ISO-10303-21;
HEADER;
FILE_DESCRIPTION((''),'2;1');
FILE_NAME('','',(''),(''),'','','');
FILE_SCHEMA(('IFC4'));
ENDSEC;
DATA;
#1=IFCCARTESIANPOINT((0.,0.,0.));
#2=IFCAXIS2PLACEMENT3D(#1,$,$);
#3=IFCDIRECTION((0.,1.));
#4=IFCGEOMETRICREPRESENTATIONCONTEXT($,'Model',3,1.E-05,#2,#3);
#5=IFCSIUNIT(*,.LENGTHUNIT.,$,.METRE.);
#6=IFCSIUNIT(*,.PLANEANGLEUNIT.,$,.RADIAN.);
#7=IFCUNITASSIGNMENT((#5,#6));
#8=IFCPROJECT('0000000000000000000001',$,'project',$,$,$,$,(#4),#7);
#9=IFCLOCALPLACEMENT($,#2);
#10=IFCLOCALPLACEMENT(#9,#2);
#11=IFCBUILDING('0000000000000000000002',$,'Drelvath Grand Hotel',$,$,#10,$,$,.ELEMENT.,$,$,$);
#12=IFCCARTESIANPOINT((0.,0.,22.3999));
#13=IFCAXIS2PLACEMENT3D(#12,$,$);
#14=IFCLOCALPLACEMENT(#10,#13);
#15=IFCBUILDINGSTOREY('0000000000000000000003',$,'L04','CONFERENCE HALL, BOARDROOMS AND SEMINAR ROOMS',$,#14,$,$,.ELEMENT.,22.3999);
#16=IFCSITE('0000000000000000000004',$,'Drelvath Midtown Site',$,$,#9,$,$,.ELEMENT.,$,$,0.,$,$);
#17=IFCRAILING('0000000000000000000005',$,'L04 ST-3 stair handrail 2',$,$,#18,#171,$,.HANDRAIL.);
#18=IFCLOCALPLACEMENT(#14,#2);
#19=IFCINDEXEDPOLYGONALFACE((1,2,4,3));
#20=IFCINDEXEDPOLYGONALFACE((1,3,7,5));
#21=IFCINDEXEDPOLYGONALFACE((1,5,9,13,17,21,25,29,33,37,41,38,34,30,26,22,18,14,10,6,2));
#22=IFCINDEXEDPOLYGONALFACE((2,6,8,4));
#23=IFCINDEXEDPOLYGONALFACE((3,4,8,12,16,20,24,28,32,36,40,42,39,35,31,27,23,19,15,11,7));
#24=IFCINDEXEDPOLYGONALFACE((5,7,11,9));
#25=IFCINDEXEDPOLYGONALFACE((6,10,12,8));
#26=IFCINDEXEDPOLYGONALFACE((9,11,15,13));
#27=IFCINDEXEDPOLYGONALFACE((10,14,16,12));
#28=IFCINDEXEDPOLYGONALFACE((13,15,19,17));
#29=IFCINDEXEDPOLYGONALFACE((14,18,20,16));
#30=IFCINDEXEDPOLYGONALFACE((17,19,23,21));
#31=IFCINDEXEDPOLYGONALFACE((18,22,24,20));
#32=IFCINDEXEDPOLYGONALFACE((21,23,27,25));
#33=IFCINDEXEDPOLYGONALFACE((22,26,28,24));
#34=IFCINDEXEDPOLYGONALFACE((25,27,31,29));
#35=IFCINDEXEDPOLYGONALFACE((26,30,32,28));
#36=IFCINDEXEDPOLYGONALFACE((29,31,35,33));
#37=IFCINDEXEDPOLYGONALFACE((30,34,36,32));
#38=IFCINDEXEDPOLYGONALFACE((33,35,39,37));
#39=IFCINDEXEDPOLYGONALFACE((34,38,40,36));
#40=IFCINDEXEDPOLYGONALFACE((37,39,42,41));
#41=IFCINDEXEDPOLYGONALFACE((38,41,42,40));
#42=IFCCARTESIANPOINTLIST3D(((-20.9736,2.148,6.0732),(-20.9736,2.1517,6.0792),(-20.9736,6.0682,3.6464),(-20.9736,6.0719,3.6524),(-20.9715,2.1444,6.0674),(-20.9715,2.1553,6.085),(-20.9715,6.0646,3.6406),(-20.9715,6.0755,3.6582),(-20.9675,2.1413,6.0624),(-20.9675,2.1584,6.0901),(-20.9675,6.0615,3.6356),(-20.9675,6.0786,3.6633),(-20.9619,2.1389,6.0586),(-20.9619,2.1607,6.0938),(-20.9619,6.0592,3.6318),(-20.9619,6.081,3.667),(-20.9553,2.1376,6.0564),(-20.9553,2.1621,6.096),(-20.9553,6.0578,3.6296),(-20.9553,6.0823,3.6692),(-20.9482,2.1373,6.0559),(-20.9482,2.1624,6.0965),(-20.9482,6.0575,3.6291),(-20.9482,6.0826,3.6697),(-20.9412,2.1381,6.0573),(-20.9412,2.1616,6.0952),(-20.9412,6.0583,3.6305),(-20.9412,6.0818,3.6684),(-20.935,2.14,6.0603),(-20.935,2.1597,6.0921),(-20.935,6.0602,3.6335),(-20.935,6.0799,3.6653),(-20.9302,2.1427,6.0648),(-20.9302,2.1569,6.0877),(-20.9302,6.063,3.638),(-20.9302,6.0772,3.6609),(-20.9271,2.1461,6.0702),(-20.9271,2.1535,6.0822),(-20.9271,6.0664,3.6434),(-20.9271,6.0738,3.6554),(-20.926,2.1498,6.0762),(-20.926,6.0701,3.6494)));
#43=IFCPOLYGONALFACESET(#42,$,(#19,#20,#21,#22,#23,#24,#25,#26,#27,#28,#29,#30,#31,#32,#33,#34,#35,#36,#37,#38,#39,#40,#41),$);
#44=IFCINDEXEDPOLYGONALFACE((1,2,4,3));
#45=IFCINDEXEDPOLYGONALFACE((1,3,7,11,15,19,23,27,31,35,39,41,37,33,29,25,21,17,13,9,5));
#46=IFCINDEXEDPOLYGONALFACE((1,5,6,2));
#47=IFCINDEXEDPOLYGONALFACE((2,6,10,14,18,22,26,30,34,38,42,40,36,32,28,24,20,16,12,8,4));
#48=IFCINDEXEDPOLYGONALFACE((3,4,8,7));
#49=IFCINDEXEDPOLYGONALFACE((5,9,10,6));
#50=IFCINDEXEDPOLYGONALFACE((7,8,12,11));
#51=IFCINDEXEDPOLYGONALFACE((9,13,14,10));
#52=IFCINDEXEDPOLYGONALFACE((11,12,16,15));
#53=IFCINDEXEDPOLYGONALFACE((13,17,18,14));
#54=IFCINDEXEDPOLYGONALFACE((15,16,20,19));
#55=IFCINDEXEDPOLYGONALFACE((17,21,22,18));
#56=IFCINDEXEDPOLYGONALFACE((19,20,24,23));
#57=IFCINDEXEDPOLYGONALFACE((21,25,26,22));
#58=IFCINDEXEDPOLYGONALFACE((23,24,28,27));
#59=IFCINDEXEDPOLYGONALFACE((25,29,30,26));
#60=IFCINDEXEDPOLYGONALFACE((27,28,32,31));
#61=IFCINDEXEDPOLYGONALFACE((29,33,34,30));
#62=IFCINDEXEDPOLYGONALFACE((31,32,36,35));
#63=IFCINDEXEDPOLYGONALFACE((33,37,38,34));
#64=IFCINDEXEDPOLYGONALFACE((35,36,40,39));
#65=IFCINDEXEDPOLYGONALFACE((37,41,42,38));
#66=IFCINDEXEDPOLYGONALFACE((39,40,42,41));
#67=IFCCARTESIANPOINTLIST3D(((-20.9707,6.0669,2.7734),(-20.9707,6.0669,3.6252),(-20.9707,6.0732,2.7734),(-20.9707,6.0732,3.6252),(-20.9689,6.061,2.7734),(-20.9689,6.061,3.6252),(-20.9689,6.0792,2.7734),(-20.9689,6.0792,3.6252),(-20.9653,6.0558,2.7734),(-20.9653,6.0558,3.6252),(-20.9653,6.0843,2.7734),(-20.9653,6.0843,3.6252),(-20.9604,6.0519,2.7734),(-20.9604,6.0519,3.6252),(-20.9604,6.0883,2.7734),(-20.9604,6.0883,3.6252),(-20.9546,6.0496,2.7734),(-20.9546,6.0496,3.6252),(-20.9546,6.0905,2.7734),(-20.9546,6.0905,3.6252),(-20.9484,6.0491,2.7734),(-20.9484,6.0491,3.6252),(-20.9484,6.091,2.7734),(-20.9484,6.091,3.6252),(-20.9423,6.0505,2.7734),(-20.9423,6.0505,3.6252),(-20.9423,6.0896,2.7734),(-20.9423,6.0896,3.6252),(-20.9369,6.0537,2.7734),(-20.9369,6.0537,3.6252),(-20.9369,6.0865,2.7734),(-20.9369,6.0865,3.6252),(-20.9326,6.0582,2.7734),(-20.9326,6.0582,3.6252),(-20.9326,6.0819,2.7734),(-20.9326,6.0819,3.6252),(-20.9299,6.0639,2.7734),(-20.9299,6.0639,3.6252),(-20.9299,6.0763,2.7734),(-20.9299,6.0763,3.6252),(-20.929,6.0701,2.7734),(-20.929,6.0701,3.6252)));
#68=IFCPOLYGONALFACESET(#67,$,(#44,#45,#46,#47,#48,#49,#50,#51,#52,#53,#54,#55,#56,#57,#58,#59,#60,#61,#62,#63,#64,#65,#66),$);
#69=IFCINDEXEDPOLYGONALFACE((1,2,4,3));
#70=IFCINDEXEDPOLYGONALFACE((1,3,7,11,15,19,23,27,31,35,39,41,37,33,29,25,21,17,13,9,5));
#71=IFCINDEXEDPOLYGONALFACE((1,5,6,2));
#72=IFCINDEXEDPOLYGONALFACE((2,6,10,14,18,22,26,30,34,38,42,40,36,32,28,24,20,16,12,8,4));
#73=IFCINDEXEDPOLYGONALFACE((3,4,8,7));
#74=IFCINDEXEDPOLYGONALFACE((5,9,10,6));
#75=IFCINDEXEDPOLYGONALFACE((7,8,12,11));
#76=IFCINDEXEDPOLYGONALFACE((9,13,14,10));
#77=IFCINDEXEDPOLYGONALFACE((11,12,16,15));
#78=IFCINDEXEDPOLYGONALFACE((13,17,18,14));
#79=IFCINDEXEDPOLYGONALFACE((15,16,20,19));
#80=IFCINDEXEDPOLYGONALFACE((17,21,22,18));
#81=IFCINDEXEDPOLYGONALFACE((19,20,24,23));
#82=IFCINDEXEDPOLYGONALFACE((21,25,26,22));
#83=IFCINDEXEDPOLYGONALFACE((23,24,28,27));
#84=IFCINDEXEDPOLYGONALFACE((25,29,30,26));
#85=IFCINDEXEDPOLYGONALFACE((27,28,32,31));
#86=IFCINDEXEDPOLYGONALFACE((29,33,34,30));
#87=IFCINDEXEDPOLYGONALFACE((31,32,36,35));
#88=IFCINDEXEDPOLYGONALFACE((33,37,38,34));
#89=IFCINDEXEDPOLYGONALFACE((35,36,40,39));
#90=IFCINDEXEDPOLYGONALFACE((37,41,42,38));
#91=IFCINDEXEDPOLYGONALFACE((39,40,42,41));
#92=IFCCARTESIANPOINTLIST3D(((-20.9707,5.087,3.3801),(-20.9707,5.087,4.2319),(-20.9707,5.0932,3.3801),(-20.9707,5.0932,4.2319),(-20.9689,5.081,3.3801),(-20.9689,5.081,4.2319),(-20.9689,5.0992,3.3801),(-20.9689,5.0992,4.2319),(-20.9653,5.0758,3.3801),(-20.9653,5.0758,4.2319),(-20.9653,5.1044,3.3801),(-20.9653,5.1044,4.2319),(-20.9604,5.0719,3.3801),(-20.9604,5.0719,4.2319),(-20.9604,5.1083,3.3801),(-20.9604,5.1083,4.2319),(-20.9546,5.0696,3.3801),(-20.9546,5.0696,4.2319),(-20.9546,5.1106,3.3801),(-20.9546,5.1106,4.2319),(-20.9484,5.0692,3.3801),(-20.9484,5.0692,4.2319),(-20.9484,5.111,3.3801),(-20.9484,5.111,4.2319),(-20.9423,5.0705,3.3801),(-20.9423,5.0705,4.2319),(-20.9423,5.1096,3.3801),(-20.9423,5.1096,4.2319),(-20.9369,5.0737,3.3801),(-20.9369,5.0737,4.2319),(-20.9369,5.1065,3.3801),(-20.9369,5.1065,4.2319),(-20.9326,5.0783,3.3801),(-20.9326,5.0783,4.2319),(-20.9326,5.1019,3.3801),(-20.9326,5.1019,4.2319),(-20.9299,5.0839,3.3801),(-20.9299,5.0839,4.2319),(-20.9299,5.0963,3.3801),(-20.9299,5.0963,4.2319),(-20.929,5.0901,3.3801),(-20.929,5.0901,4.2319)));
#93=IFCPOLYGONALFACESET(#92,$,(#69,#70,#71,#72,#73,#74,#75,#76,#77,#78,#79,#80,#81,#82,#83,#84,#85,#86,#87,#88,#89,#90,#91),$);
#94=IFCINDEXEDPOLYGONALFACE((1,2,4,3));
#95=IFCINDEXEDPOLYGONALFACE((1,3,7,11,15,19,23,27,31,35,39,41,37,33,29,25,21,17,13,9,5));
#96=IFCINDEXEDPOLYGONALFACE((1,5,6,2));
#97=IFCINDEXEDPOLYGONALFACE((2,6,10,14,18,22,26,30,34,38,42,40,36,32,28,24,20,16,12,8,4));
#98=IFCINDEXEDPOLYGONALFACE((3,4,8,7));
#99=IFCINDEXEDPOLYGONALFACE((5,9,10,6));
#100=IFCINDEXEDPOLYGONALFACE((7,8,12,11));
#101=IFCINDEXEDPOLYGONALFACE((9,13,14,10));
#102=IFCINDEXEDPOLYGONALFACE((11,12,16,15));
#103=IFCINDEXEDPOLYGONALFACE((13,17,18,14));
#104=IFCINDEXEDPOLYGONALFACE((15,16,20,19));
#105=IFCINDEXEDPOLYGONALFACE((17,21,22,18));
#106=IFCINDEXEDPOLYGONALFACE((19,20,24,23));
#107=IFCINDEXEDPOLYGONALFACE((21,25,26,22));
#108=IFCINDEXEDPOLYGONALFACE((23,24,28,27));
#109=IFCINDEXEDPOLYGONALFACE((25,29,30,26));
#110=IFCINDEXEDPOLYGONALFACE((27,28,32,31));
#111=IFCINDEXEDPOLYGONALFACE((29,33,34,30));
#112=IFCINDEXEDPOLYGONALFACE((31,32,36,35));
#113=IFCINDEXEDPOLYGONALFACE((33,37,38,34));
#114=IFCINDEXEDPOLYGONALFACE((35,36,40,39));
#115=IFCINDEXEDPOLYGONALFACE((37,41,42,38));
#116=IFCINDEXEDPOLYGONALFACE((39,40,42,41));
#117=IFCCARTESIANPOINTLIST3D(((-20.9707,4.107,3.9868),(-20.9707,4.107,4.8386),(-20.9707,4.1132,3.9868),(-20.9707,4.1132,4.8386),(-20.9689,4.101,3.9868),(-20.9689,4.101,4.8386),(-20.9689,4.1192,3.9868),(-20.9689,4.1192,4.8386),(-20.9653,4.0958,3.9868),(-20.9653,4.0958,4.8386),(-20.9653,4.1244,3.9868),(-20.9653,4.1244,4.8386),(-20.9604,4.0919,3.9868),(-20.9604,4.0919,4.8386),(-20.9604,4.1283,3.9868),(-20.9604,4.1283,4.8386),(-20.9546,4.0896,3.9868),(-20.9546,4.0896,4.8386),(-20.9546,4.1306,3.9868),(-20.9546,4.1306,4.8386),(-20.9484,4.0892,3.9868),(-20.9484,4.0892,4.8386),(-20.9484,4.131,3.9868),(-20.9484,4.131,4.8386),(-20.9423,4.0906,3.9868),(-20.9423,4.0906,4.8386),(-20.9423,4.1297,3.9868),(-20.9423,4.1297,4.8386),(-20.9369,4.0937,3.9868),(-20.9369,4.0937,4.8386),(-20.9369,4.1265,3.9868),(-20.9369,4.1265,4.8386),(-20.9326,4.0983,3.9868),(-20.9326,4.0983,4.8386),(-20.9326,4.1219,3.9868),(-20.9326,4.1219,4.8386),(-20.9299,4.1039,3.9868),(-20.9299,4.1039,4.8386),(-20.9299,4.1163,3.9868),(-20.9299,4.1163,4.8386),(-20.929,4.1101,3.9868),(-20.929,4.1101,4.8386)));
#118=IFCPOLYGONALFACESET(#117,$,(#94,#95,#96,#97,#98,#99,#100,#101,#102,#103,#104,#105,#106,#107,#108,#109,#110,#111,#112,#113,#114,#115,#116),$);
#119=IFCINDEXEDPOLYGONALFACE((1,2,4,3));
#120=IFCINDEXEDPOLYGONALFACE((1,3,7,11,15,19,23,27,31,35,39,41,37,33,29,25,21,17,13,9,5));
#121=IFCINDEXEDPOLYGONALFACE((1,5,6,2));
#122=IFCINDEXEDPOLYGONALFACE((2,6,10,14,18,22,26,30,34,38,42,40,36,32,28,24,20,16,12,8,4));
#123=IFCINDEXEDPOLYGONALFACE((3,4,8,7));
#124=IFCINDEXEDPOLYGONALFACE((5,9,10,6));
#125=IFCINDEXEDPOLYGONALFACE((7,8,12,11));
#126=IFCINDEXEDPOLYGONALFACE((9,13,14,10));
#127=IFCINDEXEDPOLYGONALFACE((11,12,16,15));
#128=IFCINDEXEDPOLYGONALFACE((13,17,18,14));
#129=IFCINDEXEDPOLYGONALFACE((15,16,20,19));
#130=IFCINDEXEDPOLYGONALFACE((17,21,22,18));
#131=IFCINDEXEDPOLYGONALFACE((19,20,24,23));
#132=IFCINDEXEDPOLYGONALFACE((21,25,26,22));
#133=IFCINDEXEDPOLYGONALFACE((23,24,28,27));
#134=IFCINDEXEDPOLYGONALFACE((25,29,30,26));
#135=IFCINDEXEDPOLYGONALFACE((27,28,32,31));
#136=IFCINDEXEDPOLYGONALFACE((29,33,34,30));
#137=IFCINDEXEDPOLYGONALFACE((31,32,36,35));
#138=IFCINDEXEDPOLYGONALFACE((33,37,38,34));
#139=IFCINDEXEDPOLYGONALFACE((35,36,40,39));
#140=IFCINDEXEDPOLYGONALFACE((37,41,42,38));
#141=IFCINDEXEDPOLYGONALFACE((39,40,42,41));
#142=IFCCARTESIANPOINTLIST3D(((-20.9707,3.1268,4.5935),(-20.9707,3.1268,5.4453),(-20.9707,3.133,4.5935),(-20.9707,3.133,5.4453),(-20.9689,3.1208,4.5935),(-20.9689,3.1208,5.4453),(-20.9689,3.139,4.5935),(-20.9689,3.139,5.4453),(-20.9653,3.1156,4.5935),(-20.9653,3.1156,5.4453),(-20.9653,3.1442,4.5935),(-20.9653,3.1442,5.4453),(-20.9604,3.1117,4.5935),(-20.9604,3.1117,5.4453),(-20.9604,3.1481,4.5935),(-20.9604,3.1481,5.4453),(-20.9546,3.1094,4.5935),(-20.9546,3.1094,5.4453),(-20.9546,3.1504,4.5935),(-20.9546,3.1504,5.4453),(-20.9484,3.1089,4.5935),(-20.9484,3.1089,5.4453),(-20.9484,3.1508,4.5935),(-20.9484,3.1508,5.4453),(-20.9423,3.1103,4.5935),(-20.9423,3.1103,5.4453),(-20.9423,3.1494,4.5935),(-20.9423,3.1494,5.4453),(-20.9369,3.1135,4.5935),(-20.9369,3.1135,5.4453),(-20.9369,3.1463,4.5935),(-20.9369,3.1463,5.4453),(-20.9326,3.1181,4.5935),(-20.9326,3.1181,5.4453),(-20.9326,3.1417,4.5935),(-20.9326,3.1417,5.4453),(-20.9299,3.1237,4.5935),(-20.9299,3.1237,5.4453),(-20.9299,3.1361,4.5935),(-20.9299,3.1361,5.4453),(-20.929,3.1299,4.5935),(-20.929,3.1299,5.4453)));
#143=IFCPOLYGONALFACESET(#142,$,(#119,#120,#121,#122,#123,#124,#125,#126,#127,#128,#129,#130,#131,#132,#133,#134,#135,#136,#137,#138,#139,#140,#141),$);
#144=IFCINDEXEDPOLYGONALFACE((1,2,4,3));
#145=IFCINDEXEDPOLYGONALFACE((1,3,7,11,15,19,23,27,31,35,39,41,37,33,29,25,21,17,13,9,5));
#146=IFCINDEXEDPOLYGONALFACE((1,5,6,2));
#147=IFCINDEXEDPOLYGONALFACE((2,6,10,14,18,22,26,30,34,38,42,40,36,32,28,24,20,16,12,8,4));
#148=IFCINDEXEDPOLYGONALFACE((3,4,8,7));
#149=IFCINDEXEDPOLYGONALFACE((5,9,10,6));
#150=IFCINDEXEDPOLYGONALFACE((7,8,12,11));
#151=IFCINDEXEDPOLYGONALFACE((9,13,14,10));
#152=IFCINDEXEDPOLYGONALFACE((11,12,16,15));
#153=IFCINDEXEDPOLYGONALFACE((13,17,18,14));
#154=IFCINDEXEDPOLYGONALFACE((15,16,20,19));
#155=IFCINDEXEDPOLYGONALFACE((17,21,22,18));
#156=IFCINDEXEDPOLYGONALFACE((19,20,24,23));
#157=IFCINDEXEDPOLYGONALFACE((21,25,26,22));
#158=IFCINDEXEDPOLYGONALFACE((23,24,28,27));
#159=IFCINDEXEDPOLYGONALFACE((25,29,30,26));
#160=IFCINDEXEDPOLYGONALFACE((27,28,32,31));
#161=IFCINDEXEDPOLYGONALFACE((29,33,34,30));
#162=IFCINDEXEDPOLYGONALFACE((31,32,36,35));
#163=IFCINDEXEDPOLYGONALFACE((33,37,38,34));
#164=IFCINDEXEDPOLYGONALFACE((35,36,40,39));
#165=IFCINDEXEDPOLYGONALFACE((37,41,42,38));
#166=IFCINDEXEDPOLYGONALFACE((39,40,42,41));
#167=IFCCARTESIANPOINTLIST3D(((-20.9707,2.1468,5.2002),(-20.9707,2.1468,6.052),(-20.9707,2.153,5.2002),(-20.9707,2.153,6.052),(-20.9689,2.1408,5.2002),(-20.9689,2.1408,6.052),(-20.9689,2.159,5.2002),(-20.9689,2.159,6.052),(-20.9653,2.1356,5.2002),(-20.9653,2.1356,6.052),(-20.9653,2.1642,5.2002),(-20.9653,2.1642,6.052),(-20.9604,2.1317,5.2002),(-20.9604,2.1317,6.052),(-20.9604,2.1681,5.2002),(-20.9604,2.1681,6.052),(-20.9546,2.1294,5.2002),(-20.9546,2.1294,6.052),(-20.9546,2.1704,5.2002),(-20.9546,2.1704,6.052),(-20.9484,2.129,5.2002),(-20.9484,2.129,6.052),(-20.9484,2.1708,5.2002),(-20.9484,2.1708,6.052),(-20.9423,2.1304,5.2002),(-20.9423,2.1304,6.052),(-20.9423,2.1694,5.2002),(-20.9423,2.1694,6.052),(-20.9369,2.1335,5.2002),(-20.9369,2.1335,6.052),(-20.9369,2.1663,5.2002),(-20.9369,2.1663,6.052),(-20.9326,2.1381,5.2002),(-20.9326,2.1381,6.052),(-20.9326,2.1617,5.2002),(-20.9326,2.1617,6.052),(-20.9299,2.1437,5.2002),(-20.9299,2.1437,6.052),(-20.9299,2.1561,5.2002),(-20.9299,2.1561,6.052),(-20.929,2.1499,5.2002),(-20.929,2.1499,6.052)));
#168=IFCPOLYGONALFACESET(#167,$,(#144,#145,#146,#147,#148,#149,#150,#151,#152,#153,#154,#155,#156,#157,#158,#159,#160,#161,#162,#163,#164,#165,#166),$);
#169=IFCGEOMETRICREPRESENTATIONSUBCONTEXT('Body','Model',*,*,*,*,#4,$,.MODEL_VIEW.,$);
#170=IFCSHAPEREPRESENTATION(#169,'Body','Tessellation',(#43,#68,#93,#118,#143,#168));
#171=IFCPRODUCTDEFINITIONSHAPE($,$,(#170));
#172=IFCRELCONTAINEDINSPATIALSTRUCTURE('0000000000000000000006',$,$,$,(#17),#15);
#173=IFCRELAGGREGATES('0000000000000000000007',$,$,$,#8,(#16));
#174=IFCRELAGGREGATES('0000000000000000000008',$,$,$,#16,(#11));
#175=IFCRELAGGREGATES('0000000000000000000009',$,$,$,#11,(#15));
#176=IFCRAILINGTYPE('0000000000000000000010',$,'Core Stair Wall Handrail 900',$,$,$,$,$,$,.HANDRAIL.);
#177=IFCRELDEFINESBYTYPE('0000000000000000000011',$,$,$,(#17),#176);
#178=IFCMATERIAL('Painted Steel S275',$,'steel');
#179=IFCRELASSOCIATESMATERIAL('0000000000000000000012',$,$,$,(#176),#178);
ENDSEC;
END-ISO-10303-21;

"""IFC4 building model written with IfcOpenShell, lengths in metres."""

from ifc_helpers import new_model, si_unit, direction, frame, origin, origin_2d, place, context, subcontext, project, spatial, circle, extrude, material, type_object, element, save


model = new_model("IFC4")

# Units and contexts
model_context = context("Model", 3, precision=1e-05, world=origin(), true_north=direction((0.0, 1.0)))
body_context = subcontext(model_context, "Body", "Model", "MODEL_VIEW")
ifc_project = project(units=[si_unit("LENGTHUNIT", "METRE"), si_unit("PLANEANGLEUNIT", "RADIAN")], contexts=[model_context])

# Site, building, storey
site_placement = place(None, origin())
site = spatial("IfcSite", under=ifc_project, at=site_placement, Name="Drelvath Midtown Site", CompositionType="ELEMENT", RefElevation=0.0)
building_placement = place(site_placement, origin())
building = spatial("IfcBuilding", under=site, at=building_placement, Name="Drelvath Grand Hotel", CompositionType="ELEMENT")
storey_placement = place(building_placement, frame((0.0, 0.0, 22.3999)))
storey = spatial("IfcBuildingStorey", under=building, at=storey_placement, Name="L04", Description="CONFERENCE HALL, BOARDROOMS AND SEMINAR ROOMS", CompositionType="ELEMENT", Elevation=22.3999)

# Railing
ifc_material_1 = material(Name="Painted Steel S275", Category="steel")
railing_type_1 = type_object("IfcRailingType", Name="Core Stair Wall Handrail 900", PredefinedType="HANDRAIL", material=ifc_material_1)
railing_1_placement = place(storey_placement, frame((-20.95, 6.0701, 2.7734)))
element("IfcRailing", 1, at=railing_1_placement, inside=storey, type_object=railing_type_1, Name="L04 ST-3 stair handrail 2", PredefinedType="HANDRAIL", context=body_context, shape_type="SweptSolid", body=[
    extrude(circle(Radius=0.0239, at=origin_2d()), frame((0.0, 0.0, 0.876), z_axis=(0.0, -0.850266, 0.526353), x_axis=(1.0, 0.0, 0.0)), (0.0, 0.0, 1.0), 4.6106),
    extrude(circle(Radius=0.021, at=origin_2d()), origin(), (0.0, 0.0, 1.0), 0.8518),
    extrude(circle(Radius=0.021, at=origin_2d()), frame((0.0, -0.98, 0.6067)), (0.0, 0.0, 1.0), 0.8518),
    extrude(circle(Radius=0.021, at=origin_2d()), frame((0.0, -1.96, 1.2134)), (0.0, 0.0, 1.0), 0.8518),
    extrude(circle(Radius=0.021, at=origin_2d()), frame((0.0, -2.9402, 1.8201)), (0.0, 0.0, 1.0), 0.8518),
    extrude(circle(Radius=0.021, at=origin_2d()), frame((0.0, -3.9202, 2.4268)), (0.0, 0.0, 1.0), 0.8518),
])

save(model, "model.ifc")
